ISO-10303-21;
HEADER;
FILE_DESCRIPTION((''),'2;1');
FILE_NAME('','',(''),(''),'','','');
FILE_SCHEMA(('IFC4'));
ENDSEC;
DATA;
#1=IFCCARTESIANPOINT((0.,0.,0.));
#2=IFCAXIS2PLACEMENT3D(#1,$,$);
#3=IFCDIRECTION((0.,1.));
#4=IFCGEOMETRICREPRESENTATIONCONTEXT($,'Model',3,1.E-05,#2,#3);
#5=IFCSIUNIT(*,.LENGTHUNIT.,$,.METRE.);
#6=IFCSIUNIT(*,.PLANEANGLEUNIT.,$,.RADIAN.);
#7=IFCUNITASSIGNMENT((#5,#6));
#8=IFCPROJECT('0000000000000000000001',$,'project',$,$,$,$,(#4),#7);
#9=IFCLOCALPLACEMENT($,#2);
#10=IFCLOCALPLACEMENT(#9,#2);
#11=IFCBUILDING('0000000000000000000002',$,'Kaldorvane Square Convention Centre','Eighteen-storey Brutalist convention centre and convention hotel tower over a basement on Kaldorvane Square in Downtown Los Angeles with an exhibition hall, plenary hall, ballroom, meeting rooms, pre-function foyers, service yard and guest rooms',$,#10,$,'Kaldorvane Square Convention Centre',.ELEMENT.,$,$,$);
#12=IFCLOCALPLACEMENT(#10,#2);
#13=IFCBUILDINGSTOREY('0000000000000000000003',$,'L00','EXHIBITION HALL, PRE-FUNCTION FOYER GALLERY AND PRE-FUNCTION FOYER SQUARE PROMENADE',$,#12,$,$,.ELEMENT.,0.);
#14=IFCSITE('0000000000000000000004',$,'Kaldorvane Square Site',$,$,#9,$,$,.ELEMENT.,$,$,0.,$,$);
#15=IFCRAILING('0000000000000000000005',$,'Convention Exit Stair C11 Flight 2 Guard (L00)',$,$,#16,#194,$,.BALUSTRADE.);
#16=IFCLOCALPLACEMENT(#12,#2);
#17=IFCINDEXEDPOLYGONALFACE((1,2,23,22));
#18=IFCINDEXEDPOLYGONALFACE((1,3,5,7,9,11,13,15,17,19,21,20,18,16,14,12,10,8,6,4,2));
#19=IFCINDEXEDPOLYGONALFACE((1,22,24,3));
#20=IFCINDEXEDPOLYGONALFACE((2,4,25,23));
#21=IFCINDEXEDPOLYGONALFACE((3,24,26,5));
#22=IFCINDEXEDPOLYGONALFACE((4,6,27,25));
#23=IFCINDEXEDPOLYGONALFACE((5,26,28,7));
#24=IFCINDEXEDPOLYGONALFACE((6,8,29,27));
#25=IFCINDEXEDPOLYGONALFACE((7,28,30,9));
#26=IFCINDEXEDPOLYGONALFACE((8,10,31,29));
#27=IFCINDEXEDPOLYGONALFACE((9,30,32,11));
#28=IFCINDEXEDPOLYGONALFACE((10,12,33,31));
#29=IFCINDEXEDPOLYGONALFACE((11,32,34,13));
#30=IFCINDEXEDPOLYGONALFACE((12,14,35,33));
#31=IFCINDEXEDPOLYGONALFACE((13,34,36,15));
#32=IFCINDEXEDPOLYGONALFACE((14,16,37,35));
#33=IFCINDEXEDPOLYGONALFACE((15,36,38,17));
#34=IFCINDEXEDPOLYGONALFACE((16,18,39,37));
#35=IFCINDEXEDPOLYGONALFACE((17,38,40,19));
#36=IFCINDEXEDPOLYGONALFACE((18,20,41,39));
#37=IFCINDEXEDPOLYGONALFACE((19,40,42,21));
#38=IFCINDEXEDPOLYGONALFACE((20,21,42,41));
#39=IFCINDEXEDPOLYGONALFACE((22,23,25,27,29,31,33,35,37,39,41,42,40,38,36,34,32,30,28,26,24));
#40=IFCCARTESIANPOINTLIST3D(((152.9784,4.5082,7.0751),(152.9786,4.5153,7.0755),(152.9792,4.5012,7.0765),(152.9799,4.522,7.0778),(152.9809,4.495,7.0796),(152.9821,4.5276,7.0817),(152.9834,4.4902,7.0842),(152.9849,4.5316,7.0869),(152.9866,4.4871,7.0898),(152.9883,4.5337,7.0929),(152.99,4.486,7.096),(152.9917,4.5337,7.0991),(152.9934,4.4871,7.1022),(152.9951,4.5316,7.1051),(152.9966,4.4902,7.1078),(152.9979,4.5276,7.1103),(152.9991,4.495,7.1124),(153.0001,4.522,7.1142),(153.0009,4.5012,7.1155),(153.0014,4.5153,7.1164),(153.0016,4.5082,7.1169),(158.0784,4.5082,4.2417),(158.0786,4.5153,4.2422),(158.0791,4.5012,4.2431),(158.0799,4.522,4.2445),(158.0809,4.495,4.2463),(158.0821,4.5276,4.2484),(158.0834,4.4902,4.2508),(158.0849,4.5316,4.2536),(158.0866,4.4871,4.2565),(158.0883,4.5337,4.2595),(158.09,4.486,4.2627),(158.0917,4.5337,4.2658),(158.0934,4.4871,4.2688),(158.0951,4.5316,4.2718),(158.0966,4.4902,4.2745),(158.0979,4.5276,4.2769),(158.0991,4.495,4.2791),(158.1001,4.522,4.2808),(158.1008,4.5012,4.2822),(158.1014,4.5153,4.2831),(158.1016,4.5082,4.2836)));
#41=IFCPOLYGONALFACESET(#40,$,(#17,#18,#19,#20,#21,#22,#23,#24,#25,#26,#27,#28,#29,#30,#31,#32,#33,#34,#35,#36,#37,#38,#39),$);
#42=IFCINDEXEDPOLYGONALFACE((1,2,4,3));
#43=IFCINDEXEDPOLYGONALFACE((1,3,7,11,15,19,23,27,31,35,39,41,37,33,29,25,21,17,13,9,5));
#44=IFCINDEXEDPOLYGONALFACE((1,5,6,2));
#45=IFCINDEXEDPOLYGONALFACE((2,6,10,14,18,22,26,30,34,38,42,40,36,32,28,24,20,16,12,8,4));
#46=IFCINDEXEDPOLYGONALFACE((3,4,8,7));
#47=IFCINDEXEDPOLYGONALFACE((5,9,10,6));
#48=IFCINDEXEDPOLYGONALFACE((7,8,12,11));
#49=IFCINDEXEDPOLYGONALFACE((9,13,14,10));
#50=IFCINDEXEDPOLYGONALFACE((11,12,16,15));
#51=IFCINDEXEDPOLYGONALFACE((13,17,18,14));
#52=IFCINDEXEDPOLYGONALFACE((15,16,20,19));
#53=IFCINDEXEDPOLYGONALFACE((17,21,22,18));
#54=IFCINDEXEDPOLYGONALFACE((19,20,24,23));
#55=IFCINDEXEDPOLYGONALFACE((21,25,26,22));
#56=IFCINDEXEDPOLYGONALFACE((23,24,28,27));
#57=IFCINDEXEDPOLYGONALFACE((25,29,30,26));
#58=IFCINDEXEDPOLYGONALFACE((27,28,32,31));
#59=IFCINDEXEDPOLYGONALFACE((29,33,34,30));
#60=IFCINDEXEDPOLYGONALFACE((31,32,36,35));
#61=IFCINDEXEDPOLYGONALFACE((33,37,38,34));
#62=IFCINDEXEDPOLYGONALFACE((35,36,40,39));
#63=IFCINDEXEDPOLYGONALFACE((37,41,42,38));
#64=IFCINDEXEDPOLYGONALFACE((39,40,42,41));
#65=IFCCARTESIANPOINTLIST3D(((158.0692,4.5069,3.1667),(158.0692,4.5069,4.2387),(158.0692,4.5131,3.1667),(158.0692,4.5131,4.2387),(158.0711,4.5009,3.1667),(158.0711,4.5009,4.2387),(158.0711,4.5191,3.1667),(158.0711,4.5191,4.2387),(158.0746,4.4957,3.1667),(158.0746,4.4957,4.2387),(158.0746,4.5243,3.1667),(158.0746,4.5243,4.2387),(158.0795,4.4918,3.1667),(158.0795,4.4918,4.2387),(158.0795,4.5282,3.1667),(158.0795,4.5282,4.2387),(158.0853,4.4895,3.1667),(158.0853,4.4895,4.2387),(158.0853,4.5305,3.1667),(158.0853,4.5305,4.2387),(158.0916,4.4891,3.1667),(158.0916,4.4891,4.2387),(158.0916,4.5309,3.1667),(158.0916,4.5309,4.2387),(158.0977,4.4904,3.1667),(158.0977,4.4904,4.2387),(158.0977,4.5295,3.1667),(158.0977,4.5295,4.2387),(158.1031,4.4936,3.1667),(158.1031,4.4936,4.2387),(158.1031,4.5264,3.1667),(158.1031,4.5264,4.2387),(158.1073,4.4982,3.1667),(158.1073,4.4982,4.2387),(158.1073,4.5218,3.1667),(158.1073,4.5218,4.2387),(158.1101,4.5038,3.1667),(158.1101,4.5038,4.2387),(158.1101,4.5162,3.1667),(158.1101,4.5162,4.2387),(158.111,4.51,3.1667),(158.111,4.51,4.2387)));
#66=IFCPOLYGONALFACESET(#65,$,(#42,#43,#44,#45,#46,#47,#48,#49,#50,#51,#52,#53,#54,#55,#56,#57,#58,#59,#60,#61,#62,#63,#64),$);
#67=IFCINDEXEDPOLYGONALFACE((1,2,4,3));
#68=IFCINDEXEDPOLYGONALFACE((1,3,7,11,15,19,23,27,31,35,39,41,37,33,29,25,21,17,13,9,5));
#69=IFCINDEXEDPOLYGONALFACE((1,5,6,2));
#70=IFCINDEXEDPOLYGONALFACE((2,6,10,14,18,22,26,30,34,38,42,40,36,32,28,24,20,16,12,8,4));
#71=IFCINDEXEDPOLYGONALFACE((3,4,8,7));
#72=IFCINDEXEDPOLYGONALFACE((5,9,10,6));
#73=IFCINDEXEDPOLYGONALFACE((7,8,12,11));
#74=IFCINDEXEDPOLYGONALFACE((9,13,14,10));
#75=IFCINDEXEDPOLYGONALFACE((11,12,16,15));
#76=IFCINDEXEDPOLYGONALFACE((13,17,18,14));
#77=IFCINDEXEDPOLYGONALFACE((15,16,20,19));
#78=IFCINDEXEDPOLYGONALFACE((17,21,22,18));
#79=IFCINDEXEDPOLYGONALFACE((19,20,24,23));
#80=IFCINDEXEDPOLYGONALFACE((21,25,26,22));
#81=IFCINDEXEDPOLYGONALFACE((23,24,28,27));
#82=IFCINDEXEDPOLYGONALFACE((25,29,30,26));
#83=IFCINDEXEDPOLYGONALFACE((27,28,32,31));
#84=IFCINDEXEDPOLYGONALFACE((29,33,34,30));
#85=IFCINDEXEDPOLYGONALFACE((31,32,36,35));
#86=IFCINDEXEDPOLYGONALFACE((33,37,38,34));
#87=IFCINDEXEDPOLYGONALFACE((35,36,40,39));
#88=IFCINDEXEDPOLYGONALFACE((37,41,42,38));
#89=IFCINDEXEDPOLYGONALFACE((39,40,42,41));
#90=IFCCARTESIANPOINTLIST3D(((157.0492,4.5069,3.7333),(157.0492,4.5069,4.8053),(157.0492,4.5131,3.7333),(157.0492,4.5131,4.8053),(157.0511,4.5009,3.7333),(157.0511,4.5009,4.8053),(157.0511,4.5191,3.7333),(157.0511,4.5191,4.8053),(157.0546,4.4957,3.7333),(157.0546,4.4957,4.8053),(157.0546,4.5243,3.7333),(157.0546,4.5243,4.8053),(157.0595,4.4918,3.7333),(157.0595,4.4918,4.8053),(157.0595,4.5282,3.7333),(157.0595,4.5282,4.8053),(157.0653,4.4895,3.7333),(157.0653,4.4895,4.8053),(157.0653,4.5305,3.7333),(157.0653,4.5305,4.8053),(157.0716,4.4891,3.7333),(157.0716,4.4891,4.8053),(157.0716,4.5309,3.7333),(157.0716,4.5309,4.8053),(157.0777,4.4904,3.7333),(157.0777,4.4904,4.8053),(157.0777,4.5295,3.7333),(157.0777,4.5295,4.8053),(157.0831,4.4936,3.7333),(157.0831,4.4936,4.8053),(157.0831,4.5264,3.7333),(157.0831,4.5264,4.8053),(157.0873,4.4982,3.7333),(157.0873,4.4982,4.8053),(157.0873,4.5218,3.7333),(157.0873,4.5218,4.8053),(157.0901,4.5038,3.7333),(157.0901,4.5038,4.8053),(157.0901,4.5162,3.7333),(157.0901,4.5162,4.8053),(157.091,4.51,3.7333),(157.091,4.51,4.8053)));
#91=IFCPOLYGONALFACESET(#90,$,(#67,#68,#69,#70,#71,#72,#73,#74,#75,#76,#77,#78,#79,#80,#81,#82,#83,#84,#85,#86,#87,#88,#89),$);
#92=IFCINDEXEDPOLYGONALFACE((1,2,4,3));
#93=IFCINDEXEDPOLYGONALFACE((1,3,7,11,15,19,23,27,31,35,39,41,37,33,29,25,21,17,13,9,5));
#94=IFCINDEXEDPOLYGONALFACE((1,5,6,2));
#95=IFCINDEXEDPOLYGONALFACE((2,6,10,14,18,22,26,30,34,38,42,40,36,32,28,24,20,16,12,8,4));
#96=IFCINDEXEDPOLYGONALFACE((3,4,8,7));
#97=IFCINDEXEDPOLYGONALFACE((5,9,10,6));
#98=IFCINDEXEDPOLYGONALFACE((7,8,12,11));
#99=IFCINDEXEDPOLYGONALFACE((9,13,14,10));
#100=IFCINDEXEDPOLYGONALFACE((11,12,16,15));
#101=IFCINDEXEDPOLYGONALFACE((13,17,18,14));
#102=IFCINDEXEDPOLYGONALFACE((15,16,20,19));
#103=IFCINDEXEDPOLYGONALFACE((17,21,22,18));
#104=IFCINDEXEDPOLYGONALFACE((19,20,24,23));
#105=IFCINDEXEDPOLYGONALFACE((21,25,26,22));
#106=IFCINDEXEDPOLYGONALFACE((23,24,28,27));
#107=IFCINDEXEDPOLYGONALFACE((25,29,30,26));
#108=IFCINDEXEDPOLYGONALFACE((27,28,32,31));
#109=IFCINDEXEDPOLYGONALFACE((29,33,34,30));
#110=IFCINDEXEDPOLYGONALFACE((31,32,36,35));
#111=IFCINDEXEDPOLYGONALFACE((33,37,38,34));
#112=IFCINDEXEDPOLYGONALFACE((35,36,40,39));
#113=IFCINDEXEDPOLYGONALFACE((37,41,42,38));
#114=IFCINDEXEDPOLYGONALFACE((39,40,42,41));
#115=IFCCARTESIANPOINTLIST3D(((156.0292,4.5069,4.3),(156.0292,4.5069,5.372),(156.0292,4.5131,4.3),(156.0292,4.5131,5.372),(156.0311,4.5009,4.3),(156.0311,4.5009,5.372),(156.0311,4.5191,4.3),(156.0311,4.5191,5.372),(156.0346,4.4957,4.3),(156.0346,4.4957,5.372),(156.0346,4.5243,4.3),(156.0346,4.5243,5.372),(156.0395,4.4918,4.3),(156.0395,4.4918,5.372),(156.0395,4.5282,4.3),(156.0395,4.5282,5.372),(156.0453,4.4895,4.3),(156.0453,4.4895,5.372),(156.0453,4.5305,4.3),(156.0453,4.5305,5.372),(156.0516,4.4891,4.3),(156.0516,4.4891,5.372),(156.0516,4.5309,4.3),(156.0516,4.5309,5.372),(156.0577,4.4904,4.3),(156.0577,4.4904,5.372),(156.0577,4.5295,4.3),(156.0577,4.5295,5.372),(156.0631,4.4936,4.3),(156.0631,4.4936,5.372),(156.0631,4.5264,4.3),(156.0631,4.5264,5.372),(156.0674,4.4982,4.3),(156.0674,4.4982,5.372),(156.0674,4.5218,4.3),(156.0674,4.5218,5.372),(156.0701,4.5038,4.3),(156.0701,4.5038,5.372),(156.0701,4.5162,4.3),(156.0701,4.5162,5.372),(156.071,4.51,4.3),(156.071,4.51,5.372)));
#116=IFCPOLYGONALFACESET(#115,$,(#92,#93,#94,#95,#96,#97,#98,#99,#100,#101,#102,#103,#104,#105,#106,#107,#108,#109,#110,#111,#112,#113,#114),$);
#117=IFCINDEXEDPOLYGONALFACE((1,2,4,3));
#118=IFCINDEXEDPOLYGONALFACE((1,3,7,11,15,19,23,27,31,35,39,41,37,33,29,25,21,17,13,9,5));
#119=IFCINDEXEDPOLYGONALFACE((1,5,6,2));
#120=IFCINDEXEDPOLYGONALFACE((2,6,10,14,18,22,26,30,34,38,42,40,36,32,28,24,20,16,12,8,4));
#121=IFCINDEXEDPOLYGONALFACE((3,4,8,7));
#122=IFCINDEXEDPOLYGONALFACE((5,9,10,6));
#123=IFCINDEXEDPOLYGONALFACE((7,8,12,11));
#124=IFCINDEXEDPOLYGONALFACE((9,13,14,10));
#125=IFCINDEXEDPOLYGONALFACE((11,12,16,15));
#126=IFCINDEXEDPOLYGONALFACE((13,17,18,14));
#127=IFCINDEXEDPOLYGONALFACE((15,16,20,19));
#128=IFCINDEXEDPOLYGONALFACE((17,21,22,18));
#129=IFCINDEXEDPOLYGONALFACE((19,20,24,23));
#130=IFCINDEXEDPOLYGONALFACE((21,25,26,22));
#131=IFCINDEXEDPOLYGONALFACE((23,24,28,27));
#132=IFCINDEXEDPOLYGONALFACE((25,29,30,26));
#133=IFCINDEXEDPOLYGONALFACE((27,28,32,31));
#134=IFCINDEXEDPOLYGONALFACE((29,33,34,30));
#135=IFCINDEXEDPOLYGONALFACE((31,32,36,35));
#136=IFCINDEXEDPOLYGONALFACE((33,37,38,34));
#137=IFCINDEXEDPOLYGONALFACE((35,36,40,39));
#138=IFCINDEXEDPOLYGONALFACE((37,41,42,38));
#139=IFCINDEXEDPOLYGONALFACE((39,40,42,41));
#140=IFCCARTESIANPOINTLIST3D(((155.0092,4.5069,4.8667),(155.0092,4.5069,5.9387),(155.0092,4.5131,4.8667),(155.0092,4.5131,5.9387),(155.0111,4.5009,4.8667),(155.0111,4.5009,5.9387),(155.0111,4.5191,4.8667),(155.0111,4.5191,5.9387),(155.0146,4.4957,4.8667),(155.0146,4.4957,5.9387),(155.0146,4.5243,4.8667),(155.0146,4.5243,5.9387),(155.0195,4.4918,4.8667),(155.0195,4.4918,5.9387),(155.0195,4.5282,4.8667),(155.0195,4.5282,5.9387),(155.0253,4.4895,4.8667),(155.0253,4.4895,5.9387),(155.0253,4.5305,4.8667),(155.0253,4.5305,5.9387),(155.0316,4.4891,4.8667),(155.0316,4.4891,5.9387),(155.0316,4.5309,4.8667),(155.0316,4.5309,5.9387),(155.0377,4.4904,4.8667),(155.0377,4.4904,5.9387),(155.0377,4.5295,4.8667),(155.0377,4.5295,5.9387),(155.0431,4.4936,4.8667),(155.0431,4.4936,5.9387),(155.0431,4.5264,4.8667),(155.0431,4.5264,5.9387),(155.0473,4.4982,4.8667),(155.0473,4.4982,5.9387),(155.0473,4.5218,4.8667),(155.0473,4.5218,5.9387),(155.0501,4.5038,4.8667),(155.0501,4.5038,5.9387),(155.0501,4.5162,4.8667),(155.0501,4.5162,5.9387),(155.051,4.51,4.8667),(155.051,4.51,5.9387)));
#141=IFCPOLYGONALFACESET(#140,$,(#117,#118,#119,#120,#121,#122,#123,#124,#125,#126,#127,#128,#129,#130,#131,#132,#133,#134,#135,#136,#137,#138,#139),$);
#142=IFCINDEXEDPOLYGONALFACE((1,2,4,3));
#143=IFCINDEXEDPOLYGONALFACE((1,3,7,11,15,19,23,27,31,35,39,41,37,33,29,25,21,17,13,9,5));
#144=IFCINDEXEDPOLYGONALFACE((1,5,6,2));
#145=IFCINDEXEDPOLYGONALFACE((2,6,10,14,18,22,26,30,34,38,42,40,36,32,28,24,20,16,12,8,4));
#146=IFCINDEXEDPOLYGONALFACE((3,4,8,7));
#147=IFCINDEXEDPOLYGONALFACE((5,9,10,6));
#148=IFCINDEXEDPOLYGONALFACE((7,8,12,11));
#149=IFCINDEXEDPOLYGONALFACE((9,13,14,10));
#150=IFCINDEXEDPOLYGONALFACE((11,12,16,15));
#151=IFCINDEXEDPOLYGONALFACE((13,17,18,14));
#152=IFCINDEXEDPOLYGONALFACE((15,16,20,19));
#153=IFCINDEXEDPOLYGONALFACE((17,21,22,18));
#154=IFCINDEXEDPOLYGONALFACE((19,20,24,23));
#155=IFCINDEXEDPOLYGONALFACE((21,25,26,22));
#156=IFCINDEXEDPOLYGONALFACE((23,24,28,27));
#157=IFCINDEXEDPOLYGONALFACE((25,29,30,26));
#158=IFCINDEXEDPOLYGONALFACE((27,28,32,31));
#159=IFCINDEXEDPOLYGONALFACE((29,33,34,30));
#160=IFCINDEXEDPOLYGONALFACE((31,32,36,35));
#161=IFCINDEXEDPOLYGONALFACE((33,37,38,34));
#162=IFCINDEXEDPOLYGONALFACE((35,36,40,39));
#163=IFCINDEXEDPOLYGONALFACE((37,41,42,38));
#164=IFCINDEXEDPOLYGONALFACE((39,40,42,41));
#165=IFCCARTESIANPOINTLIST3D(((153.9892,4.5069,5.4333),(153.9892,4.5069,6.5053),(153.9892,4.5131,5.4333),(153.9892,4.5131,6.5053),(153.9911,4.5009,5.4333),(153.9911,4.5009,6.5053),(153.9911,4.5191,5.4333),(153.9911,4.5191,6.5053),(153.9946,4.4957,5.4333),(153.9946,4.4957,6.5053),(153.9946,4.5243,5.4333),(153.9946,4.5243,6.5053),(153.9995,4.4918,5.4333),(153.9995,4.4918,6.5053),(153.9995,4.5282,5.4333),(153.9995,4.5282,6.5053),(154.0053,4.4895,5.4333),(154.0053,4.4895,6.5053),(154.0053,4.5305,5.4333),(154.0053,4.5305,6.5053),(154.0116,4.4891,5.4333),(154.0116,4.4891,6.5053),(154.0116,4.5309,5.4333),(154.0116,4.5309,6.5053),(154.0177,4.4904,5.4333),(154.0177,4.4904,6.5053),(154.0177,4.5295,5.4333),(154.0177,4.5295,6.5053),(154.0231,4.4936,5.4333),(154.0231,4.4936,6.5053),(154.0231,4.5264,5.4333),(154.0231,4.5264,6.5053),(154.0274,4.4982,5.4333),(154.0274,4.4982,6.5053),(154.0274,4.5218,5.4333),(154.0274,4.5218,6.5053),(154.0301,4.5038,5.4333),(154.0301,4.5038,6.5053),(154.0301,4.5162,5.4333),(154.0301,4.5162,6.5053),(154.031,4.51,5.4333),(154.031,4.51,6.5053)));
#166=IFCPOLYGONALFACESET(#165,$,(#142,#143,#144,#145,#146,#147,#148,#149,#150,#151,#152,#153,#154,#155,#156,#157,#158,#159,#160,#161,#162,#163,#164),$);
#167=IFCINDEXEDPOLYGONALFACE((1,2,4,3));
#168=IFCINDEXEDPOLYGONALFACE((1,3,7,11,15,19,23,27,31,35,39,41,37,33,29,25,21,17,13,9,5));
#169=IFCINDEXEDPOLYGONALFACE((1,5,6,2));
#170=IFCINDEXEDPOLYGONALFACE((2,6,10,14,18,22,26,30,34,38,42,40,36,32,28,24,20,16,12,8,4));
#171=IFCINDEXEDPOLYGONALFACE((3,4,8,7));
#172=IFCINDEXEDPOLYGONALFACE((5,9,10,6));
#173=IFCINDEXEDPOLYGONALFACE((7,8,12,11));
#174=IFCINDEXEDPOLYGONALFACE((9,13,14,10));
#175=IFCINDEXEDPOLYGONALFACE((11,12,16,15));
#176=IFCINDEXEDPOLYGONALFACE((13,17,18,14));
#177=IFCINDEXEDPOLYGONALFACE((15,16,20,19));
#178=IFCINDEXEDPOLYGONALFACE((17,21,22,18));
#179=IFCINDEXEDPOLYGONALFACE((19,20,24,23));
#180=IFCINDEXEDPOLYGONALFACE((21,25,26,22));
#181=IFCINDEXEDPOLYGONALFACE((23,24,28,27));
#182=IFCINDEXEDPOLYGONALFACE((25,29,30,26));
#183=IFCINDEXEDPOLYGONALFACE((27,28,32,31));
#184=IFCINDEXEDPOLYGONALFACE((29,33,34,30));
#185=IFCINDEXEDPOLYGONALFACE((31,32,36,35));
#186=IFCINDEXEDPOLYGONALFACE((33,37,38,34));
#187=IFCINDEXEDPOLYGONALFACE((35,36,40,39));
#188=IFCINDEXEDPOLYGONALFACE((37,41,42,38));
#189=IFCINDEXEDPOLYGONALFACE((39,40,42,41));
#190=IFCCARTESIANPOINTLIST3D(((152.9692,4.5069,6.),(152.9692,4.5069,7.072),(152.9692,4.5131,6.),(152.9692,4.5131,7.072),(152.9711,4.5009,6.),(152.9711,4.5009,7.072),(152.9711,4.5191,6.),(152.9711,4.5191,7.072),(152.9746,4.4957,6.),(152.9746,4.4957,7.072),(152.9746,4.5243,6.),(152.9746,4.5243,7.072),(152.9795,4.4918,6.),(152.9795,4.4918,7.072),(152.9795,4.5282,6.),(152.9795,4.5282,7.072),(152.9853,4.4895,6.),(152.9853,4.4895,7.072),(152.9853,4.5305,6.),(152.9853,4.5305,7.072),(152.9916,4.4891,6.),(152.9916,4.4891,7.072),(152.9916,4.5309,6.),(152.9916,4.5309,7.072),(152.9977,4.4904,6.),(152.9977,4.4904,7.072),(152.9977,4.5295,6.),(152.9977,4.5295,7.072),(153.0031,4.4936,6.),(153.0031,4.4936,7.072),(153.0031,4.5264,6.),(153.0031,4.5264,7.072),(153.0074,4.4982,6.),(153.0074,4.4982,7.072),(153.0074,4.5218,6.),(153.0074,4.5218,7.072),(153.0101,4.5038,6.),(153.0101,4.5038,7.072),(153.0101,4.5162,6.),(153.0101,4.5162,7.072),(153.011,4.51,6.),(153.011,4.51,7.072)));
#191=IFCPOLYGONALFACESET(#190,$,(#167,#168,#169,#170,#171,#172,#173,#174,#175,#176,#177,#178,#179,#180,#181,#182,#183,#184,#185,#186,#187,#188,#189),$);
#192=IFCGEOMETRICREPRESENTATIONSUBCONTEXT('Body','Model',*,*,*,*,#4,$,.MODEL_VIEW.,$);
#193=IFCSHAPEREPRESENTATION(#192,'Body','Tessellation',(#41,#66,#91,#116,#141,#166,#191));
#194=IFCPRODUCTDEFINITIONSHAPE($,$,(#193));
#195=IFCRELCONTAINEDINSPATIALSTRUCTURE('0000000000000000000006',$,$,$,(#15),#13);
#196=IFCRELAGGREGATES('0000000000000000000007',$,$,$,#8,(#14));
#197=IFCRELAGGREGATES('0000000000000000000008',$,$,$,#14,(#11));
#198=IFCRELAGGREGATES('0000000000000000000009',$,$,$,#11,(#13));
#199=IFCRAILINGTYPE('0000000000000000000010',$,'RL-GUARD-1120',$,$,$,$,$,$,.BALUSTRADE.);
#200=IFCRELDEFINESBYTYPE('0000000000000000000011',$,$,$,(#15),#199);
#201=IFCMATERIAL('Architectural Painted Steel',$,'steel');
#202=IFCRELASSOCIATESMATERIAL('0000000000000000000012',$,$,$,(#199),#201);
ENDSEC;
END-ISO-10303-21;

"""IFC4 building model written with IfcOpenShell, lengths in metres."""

from ifc_helpers import new_model, si_unit, direction, frame, origin, origin_2d, place, context, subcontext, project, spatial, circle, extrude, material, type_object, element, save


model = new_model("IFC4")

# Units and contexts
model_context = context("Model", 3, precision=1e-05, world=origin(), true_north=direction((0.0, 1.0)))
body_context = subcontext(model_context, "Body", "Model", "MODEL_VIEW")
ifc_project = project(units=[si_unit("LENGTHUNIT", "METRE"), si_unit("PLANEANGLEUNIT", "RADIAN")], contexts=[model_context])

# Site, building, storey
site_placement = place(None, origin())
site = spatial("IfcSite", under=ifc_project, at=site_placement, Name="Kaldorvane Square Site", CompositionType="ELEMENT", RefElevation=0.0)
building_placement = place(site_placement, origin())
building = spatial("IfcBuilding", under=site, at=building_placement, Name="Kaldorvane Square Convention Centre", Description="Eighteen-storey Brutalist convention centre and convention hotel tower over a basement on Kaldorvane Square in Downtown Los Angeles with an exhibition hall, plenary hall, ballroom, meeting rooms, pre-function foyers, service yard and guest rooms", LongName="Kaldorvane Square Convention Centre", CompositionType="ELEMENT")
storey_placement = place(building_placement, origin())
storey = spatial("IfcBuildingStorey", under=building, at=storey_placement, Name="L00", Description="EXHIBITION HALL, PRE-FUNCTION FOYER GALLERY AND PRE-FUNCTION FOYER SQUARE PROMENADE", CompositionType="ELEMENT", Elevation=0.0)

# Railing
ifc_material_1 = material(Name="Architectural Painted Steel", Category="steel")
railing_type_1 = type_object("IfcRailingType", Name="RL-GUARD-1120", PredefinedType="BALUSTRADE", material=ifc_material_1)
railing_1_placement = place(storey_placement, frame((158.09, 4.51, 3.1667)))
element("IfcRailing", 1, at=railing_1_placement, inside=storey, type_object=railing_type_1, Name="Convention Exit Stair C11 Flight 2 Guard (L00)", PredefinedType="BALUSTRADE", context=body_context, shape_type="SweptSolid", body=[
    extrude(circle(Radius=0.024, at=origin_2d()), frame((0.0, 0.0, 1.096), z_axis=(-0.874157, 0.0, 0.485643), x_axis=(0.0, -1.0, 0.0)), (0.0, 0.0, 1.0), 5.8342),
    extrude(circle(Radius=0.021, at=origin_2d()), origin(), (0.0, 0.0, 1.0), 1.072),
    extrude(circle(Radius=0.021, at=origin_2d()), frame((-1.02, 0.0, 0.5667)), (0.0, 0.0, 1.0), 1.072),
    extrude(circle(Radius=0.021, at=origin_2d()), frame((-2.04, 0.0, 1.1333)), (0.0, 0.0, 1.0), 1.072),
    extrude(circle(Radius=0.021, at=origin_2d()), frame((-3.06, 0.0, 1.7)), (0.0, 0.0, 1.0), 1.072),
    extrude(circle(Radius=0.021, at=origin_2d()), frame((-4.08, 0.0, 2.2667)), (0.0, 0.0, 1.0), 1.072),
    extrude(circle(Radius=0.021, at=origin_2d()), frame((-5.1, 0.0, 2.8333)), (0.0, 0.0, 1.0), 1.072),
])

save(model, "model.ifc")
